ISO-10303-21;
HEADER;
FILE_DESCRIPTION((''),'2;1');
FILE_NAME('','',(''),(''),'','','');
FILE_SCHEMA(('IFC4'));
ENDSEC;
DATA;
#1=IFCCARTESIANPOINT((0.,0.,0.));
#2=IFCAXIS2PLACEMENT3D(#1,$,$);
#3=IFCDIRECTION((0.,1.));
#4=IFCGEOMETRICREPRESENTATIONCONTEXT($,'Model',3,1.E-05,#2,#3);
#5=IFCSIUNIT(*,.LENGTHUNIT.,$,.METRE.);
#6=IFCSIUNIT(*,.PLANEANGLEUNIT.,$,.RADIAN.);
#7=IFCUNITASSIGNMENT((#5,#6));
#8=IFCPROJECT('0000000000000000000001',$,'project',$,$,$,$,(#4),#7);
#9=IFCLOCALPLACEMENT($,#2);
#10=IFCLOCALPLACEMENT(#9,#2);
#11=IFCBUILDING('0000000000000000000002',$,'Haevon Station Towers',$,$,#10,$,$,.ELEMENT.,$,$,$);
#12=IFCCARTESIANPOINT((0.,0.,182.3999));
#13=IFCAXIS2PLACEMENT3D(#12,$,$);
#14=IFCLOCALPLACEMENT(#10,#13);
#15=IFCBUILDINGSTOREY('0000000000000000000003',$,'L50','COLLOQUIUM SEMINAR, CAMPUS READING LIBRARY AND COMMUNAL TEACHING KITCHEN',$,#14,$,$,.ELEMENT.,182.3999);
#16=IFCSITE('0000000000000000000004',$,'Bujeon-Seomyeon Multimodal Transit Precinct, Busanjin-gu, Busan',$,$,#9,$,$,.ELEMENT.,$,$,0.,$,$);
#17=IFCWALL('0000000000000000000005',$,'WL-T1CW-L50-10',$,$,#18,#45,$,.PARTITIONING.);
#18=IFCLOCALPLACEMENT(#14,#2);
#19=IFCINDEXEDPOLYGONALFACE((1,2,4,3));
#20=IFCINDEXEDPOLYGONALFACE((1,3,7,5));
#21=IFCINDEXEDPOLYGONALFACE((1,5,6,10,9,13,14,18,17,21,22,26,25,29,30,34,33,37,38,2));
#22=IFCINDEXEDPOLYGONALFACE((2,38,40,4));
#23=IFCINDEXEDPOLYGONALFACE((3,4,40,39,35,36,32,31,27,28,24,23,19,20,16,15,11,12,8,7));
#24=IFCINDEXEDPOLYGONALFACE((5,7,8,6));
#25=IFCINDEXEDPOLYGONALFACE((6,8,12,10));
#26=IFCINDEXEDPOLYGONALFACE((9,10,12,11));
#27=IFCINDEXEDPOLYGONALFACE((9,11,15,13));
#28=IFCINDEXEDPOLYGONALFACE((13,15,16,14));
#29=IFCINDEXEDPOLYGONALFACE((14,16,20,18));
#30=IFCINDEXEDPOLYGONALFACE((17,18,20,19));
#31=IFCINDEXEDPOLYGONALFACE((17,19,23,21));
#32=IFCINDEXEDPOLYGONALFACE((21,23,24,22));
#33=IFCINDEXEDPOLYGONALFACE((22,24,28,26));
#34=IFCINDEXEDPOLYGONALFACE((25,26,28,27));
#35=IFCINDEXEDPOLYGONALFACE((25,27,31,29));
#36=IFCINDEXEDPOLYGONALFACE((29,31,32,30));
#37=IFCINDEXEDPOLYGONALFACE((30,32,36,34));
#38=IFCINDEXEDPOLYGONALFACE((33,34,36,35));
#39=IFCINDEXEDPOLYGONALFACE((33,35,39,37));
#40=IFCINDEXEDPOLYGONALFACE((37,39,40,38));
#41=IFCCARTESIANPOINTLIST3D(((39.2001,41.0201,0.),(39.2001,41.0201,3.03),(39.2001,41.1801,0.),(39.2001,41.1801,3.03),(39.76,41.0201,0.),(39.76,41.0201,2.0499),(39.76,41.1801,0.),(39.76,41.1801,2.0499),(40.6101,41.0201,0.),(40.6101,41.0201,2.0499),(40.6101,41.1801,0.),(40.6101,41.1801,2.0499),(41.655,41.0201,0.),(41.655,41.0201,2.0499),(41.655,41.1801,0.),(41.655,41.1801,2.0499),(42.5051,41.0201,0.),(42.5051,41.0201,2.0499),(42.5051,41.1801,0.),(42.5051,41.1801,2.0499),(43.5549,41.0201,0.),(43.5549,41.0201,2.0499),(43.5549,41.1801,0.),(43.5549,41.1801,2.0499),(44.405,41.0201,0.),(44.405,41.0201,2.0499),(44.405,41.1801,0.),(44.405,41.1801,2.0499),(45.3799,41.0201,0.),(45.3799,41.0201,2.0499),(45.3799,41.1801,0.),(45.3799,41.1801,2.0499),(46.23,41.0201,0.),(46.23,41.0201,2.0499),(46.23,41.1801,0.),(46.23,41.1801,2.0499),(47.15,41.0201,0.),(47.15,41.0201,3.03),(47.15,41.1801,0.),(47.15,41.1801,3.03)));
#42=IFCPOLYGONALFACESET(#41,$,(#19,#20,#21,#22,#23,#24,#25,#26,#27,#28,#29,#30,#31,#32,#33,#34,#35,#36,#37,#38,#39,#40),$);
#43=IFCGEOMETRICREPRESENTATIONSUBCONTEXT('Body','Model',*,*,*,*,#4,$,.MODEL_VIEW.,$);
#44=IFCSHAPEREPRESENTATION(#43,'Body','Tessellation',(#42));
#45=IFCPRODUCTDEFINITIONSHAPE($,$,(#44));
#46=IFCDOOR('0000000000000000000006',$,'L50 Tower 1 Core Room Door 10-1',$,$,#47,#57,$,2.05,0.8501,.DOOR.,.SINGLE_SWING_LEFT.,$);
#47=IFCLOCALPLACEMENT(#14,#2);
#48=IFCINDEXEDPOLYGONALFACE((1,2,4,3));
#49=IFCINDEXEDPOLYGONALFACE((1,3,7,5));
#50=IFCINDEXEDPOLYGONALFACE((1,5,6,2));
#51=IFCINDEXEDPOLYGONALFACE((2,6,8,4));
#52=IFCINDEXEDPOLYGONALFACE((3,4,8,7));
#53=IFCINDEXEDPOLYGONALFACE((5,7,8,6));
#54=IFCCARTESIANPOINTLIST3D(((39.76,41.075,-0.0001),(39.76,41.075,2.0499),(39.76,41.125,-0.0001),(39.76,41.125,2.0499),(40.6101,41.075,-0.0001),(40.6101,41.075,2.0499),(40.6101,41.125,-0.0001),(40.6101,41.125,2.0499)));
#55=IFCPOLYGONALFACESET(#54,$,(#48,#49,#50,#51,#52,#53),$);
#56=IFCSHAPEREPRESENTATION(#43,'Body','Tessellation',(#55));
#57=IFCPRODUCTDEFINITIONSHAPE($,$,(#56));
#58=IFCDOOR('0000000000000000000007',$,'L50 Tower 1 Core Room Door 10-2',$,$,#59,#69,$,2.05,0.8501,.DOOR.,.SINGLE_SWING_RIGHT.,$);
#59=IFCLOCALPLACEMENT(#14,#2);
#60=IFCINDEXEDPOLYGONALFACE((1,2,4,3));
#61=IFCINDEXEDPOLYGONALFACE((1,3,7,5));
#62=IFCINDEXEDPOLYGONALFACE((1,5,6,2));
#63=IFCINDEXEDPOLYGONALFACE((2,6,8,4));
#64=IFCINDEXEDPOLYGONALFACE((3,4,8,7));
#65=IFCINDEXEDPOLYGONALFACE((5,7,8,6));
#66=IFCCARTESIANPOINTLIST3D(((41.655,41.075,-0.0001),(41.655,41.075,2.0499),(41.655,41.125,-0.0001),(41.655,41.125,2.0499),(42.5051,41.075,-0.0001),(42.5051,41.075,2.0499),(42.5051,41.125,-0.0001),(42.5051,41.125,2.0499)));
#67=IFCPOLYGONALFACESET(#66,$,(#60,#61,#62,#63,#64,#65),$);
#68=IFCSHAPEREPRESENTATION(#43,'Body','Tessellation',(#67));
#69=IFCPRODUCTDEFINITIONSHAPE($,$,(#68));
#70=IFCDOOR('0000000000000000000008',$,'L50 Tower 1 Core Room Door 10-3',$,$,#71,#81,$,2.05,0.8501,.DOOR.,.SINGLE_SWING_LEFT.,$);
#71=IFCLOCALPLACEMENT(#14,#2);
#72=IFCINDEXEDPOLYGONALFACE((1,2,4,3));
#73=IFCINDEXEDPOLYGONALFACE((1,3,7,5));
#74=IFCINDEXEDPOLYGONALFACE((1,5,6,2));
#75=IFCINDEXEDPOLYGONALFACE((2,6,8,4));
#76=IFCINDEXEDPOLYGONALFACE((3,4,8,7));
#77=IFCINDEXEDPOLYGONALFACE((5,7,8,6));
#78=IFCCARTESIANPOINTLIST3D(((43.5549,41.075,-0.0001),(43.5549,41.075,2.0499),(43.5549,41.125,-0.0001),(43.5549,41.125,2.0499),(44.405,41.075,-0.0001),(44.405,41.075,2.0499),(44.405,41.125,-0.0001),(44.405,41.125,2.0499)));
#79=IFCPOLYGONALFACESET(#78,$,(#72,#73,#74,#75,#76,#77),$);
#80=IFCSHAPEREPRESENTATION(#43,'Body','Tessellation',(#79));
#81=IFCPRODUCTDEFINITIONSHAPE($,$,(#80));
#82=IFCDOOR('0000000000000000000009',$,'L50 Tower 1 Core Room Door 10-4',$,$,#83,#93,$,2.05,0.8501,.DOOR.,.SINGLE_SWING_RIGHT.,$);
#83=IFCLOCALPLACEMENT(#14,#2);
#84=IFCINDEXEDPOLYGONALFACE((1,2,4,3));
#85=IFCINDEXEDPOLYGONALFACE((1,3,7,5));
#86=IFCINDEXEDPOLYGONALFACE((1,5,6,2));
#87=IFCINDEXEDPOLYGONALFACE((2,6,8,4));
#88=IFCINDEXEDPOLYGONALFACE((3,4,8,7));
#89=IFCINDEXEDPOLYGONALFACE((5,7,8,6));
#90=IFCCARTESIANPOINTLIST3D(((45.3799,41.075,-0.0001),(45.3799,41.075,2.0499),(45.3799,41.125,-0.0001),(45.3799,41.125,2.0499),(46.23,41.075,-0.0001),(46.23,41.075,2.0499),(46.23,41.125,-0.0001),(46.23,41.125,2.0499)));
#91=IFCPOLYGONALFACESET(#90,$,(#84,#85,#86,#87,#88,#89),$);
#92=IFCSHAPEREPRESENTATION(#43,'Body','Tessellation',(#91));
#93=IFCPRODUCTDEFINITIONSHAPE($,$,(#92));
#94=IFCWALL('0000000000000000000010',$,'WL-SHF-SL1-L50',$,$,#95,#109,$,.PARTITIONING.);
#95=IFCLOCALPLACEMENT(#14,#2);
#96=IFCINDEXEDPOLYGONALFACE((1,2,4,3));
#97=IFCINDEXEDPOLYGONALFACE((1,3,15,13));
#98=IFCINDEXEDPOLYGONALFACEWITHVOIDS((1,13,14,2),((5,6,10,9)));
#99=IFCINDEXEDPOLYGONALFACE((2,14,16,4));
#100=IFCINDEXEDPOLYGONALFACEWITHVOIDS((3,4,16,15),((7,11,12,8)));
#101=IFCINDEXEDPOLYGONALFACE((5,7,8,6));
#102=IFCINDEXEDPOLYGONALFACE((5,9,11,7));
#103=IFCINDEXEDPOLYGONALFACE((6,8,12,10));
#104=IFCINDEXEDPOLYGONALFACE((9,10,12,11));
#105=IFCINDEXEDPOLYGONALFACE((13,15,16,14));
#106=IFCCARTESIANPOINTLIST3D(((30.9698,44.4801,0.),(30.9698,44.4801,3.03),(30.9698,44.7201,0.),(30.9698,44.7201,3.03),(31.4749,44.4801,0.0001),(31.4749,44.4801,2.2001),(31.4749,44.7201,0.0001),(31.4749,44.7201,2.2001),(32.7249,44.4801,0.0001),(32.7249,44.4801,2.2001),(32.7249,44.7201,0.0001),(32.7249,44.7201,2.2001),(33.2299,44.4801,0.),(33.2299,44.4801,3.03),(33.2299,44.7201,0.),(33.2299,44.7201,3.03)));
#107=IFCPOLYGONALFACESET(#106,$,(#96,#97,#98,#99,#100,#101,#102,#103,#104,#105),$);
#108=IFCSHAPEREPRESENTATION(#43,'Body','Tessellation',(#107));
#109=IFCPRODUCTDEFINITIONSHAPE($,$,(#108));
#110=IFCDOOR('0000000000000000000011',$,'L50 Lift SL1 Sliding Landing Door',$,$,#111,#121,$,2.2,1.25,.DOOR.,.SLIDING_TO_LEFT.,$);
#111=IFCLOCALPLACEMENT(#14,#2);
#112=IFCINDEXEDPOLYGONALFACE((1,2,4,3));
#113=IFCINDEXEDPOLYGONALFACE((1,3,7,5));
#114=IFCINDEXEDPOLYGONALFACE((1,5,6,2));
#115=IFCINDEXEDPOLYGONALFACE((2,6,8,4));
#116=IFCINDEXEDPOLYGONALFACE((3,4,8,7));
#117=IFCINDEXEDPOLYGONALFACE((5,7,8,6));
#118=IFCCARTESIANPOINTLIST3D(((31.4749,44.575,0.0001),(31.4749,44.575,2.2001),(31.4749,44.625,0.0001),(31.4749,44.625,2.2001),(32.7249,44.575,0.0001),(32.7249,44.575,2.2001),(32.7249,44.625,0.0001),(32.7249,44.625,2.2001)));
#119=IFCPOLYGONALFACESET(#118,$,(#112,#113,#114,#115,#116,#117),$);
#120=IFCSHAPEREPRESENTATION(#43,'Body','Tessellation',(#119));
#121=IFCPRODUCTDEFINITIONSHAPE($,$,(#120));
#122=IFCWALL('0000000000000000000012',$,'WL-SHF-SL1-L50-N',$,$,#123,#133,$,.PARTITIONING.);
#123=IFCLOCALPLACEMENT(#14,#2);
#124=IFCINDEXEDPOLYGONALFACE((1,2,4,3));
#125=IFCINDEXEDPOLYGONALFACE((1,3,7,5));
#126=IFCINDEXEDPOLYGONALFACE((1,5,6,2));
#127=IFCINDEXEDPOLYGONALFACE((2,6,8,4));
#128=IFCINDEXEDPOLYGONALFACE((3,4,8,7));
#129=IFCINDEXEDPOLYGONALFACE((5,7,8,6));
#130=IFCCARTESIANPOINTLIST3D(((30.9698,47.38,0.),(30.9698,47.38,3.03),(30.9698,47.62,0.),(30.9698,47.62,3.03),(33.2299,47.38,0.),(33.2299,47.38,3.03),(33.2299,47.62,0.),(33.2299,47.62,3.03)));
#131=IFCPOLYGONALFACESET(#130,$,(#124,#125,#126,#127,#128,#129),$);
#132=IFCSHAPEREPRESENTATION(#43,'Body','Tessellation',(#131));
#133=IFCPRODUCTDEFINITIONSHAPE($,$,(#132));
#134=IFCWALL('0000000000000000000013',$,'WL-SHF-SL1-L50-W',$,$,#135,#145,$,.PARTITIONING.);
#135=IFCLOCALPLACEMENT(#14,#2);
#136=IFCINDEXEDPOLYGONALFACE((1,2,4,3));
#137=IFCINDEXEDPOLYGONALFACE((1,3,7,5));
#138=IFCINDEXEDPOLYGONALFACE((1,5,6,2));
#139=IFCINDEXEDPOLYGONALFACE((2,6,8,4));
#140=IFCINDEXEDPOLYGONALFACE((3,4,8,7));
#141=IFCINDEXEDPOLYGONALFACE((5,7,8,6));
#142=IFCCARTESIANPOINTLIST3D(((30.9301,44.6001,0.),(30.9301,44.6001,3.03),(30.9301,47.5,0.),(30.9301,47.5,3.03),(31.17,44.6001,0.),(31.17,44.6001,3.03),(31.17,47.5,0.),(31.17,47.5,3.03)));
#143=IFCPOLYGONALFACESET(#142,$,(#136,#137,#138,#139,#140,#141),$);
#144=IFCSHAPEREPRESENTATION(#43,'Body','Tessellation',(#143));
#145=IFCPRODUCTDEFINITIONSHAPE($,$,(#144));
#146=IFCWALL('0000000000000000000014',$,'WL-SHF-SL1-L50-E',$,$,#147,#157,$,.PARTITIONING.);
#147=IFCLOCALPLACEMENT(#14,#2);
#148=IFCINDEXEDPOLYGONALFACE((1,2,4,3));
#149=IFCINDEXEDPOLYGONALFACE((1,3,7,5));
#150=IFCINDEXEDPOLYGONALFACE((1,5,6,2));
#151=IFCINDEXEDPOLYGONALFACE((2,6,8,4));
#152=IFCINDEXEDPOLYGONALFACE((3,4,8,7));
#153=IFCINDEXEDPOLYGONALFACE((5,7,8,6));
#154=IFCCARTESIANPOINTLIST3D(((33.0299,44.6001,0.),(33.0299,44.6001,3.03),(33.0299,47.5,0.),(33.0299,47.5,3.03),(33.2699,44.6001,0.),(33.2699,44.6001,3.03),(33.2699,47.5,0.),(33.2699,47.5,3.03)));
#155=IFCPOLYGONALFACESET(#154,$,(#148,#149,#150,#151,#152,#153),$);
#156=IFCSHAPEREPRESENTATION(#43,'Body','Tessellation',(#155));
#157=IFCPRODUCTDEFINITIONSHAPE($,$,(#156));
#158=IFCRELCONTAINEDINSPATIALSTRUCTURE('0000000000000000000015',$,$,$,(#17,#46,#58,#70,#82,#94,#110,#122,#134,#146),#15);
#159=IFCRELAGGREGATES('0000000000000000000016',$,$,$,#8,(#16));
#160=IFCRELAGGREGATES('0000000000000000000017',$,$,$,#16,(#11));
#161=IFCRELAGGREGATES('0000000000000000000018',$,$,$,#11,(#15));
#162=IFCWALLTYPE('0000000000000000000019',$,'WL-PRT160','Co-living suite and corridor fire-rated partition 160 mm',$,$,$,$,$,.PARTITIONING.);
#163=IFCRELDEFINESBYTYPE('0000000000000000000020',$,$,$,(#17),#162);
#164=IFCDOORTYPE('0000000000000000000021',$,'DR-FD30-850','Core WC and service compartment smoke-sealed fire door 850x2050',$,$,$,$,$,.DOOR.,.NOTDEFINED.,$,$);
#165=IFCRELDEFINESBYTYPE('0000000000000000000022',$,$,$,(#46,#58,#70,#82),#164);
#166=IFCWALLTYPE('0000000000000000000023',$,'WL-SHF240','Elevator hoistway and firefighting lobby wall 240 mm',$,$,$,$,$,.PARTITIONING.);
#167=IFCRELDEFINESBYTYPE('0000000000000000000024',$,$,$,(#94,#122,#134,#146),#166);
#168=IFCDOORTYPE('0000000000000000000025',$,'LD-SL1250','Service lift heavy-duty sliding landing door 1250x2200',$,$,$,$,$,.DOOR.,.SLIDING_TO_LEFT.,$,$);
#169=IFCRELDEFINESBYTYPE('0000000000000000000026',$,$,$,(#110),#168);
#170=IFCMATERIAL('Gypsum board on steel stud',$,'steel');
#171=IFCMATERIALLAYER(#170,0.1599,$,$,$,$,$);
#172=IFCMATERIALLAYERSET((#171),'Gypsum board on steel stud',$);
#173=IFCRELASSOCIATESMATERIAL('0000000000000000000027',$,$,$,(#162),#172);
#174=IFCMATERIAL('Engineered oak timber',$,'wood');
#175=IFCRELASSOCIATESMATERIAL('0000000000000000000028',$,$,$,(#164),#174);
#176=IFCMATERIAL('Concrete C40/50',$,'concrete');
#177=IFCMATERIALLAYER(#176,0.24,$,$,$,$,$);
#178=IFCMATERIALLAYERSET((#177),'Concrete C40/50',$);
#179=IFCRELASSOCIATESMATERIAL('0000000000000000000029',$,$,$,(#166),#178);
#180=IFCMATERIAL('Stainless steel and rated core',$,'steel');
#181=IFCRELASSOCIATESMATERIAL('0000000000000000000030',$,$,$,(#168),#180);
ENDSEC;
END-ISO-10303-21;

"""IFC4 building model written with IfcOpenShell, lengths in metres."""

from ifc_helpers import new_model, si_unit, direction, frame, frame_2d, origin, place, context, subcontext, project, spatial, rectangle, extrude, material, layer, layer_set, type_object, element, fill, save


model = new_model("IFC4")

# Units and contexts
model_context = context("Model", 3, precision=1e-05, world=origin(), true_north=direction((0.0, 1.0)))
body_context = subcontext(model_context, "Body", "Model", "MODEL_VIEW")
ifc_project = project(units=[si_unit("LENGTHUNIT", "METRE"), si_unit("PLANEANGLEUNIT", "RADIAN")], contexts=[model_context])

# Site, building, storey
site_placement = place(None, origin())
site = spatial("IfcSite", under=ifc_project, at=site_placement, Name="Bujeon-Seomyeon Multimodal Transit Precinct, Busanjin-gu, Busan", CompositionType="ELEMENT", RefElevation=0.0)
building_placement = place(site_placement, origin())
building = spatial("IfcBuilding", under=site, at=building_placement, Name="Haevon Station Towers", CompositionType="ELEMENT")
storey_placement = place(building_placement, frame((0.0, 0.0, 182.3999)))
storey = spatial("IfcBuildingStorey", under=building, at=storey_placement, Name="L50", Description="COLLOQUIUM SEMINAR, CAMPUS READING LIBRARY AND COMMUNAL TEACHING KITCHEN", CompositionType="ELEMENT", Elevation=182.3999)

# Shared definitions
ifc_material_1 = material(Name="Gypsum board on steel stud", Category="steel")
ifc_layer_1 = layer(ifc_material_1, 0.1599)
ifc_layer_set_1 = layer_set([ifc_layer_1], Name="Gypsum board on steel stud")
wall_type_1 = type_object("IfcWallType", Name="WL-PRT160", Description="Co-living suite and corridor fire-rated partition 160 mm", PredefinedType="PARTITIONING", material=ifc_layer_set_1)
ifc_material_2 = material(Name="Engineered oak timber", Category="wood")

# Wall, openings, doors
wall_1_placement = place(storey_placement, frame((39.2, 41.1001, 0.0), z_axis=(0.0, 0.0, 1.0), x_axis=(1.0, 0.0, 0.0)))
wall_1 = element("IfcWall", 1, at=wall_1_placement, inside=storey, type_object=wall_type_1, Name="WL-T1CW-L50-10", PredefinedType="PARTITIONING", context=body_context, shape_type="SweptSolid", body=[
    extrude(rectangle(XDim=7.95, YDim=0.1599, at=frame_2d((3.9751, 0.0))), origin(), (0.0, 0.0, 1.0), 3.03),
])
opening_1_placement = place(wall_1_placement, frame((0.5601, 0.0, 0.0)))
opening_1 = element("IfcOpeningElement", 2, at=opening_1_placement, cuts=wall_1, PredefinedType="OPENING", context=body_context, shape_type="SweptSolid", body=[
    extrude(rectangle(XDim=0.8501, YDim=2.05, at=frame_2d((0.425, 1.0249))), frame((0.0, 0.0898, 0.0), z_axis=(0.0, -1.0, 0.0), x_axis=(1.0, 0.0, 0.0)), (0.0, 0.0, 1.0), 0.1799),
])
opening_2_placement = place(wall_1_placement, frame((2.4551, 0.0, 0.0)))
opening_2 = element("IfcOpeningElement", 3, at=opening_2_placement, cuts=wall_1, PredefinedType="OPENING", context=body_context, shape_type="SweptSolid", body=[
    extrude(rectangle(XDim=0.8501, YDim=2.05, at=frame_2d((0.425, 1.0249))), frame((0.0, 0.0898, 0.0), z_axis=(0.0, -1.0, 0.0), x_axis=(1.0, 0.0, 0.0)), (0.0, 0.0, 1.0), 0.1799),
])
opening_3_placement = place(wall_1_placement, frame((4.355, 0.0, 0.0)))
opening_3 = element("IfcOpeningElement", 4, at=opening_3_placement, cuts=wall_1, PredefinedType="OPENING", context=body_context, shape_type="SweptSolid", body=[
    extrude(rectangle(XDim=0.8501, YDim=2.05, at=frame_2d((0.425, 1.0249))), frame((0.0, 0.0898, 0.0), z_axis=(0.0, -1.0, 0.0), x_axis=(1.0, 0.0, 0.0)), (0.0, 0.0, 1.0), 0.1799),
])
opening_4_placement = place(wall_1_placement, frame((6.1799, 0.0, 0.0)))
opening_4 = element("IfcOpeningElement", 5, at=opening_4_placement, cuts=wall_1, PredefinedType="OPENING", context=body_context, shape_type="SweptSolid", body=[
    extrude(rectangle(XDim=0.8501, YDim=2.05, at=frame_2d((0.425, 1.0249))), frame((0.0, 0.0898, 0.0), z_axis=(0.0, -1.0, 0.0), x_axis=(1.0, 0.0, 0.0)), (0.0, 0.0, 1.0), 0.1799),
])
door_type_1 = type_object("IfcDoorType", Name="DR-FD30-850", Description="Core WC and service compartment smoke-sealed fire door 850x2050", OperationType="NOTDEFINED", PredefinedType="DOOR", material=ifc_material_2)
door_1_placement = place(opening_1_placement, origin())
door_1 = element("IfcDoor", 6, at=door_1_placement, inside=storey, type_object=door_type_1, Name="L50 Tower 1 Core Room Door 10-1", OperationType="SINGLE_SWING_LEFT", OverallHeight=2.05, OverallWidth=0.8501, PredefinedType="DOOR", context=body_context, shape_type="SweptSolid", body=[
    extrude(rectangle(XDim=0.8501, YDim=2.05, at=frame_2d((0.425, 1.0249))), frame((0.0, 0.0249, 0.0), z_axis=(0.0, -1.0, 0.0), x_axis=(1.0, 0.0, 0.0)), (0.0, 0.0, 1.0), 0.05),
])
fill(opening_1, door_1)
door_2_placement = place(opening_2_placement, origin())
door_2 = element("IfcDoor", 7, at=door_2_placement, inside=storey, type_object=door_type_1, Name="L50 Tower 1 Core Room Door 10-2", OperationType="SINGLE_SWING_RIGHT", OverallHeight=2.05, OverallWidth=0.8501, PredefinedType="DOOR", context=body_context, shape_type="SweptSolid", body=[
    extrude(rectangle(XDim=0.8501, YDim=2.05, at=frame_2d((0.425, 1.0249))), frame((0.0, 0.0249, 0.0), z_axis=(0.0, -1.0, 0.0), x_axis=(1.0, 0.0, 0.0)), (0.0, 0.0, 1.0), 0.05),
])
fill(opening_2, door_2)
door_3_placement = place(opening_3_placement, origin())
door_3 = element("IfcDoor", 8, at=door_3_placement, inside=storey, type_object=door_type_1, Name="L50 Tower 1 Core Room Door 10-3", OperationType="SINGLE_SWING_LEFT", OverallHeight=2.05, OverallWidth=0.8501, PredefinedType="DOOR", context=body_context, shape_type="SweptSolid", body=[
    extrude(rectangle(XDim=0.8501, YDim=2.05, at=frame_2d((0.425, 1.0249))), frame((0.0, 0.0249, 0.0), z_axis=(0.0, -1.0, 0.0), x_axis=(1.0, 0.0, 0.0)), (0.0, 0.0, 1.0), 0.05),
])
fill(opening_3, door_3)
door_4_placement = place(opening_4_placement, origin())
door_4 = element("IfcDoor", 9, at=door_4_placement, inside=storey, type_object=door_type_1, Name="L50 Tower 1 Core Room Door 10-4", OperationType="SINGLE_SWING_RIGHT", OverallHeight=2.05, OverallWidth=0.8501, PredefinedType="DOOR", context=body_context, shape_type="SweptSolid", body=[
    extrude(rectangle(XDim=0.8501, YDim=2.05, at=frame_2d((0.425, 1.0249))), frame((0.0, 0.0249, 0.0), z_axis=(0.0, -1.0, 0.0), x_axis=(1.0, 0.0, 0.0)), (0.0, 0.0, 1.0), 0.05),
])
fill(opening_4, door_4)

# Wall, opening, door
ifc_material_3 = material(Name="Concrete C40/50", Category="concrete")
ifc_layer_2 = layer(ifc_material_3, 0.24)
ifc_layer_set_2 = layer_set([ifc_layer_2], Name="Concrete C40/50")
wall_type_2 = type_object("IfcWallType", Name="WL-SHF240", Description="Elevator hoistway and firefighting lobby wall 240 mm", PredefinedType="PARTITIONING", material=ifc_layer_set_2)
wall_2_placement = place(storey_placement, frame((30.97, 44.6001, 0.0), z_axis=(0.0, 0.0, 1.0), x_axis=(1.0, 0.0, 0.0)))
wall_2 = element("IfcWall", 10, at=wall_2_placement, inside=storey, type_object=wall_type_2, Name="WL-SHF-SL1-L50", PredefinedType="PARTITIONING", context=body_context, shape_type="SweptSolid", body=[
    extrude(rectangle(XDim=2.26, YDim=0.24, at=frame_2d((1.1299, 0.0))), origin(), (0.0, 0.0, 1.0), 3.03),
])
opening_5_placement = place(wall_2_placement, frame((0.5049, 0.0, 0.0)))
opening_5 = element("IfcOpeningElement", 11, at=opening_5_placement, cuts=wall_2, PredefinedType="OPENING", context=body_context, shape_type="SweptSolid", body=[
    extrude(rectangle(XDim=1.25, YDim=2.2, at=frame_2d((0.625, 1.1001))), frame((0.0, 0.1299, 0.0), z_axis=(0.0, -1.0, 0.0), x_axis=(1.0, 0.0, 0.0)), (0.0, 0.0, 1.0), 0.26),
])
ifc_material_4 = material(Name="Stainless steel and rated core", Category="steel")
door_type_2 = type_object("IfcDoorType", Name="LD-SL1250", Description="Service lift heavy-duty sliding landing door 1250x2200", OperationType="SLIDING_TO_LEFT", PredefinedType="DOOR", material=ifc_material_4)
door_5_placement = place(opening_5_placement, origin())
door_5 = element("IfcDoor", 12, at=door_5_placement, inside=storey, type_object=door_type_2, Name="L50 Lift SL1 Sliding Landing Door", OperationType="SLIDING_TO_LEFT", OverallHeight=2.2, OverallWidth=1.25, PredefinedType="DOOR", context=body_context, shape_type="SweptSolid", body=[
    extrude(rectangle(XDim=1.25, YDim=2.2, at=frame_2d((0.625, 1.1001))), frame((0.0, 0.0249, 0.0), z_axis=(0.0, -1.0, 0.0), x_axis=(1.0, 0.0, 0.0)), (0.0, 0.0, 1.0), 0.05),
])
fill(opening_5, door_5)

# Walls
wall_3_placement = place(storey_placement, frame((30.97, 47.5, 0.0), z_axis=(0.0, 0.0, 1.0), x_axis=(1.0, 0.0, 0.0)))
element("IfcWall", 13, at=wall_3_placement, inside=storey, type_object=wall_type_2, Name="WL-SHF-SL1-L50-N", PredefinedType="PARTITIONING", context=body_context, shape_type="SweptSolid", body=[
    extrude(rectangle(XDim=2.26, YDim=0.24, at=frame_2d((1.1299, 0.0))), origin(), (0.0, 0.0, 1.0), 3.03),
])
for number, where, z_axis, x_axis, name in (
    (14, (31.05, 44.6001, 0.0), (0.0, 0.0, 1.0), (0.0, 1.0, 0.0), "WL-SHF-SL1-L50-W"),
    (15, (33.1499, 44.6001, 0.0), (0.0, 0.0, 1.0), (0.0, 1.0, 0.0), "WL-SHF-SL1-L50-E"),
):
    element("IfcWall", number, at=place(storey_placement, frame(where, z_axis=z_axis, x_axis=x_axis)), inside=storey, type_object=wall_type_2, Name=name, PredefinedType="PARTITIONING", context=body_context, shape_type="SweptSolid", body=[
        extrude(rectangle(XDim=2.8999, YDim=0.24, at=frame_2d((1.45, 0.0))), origin(), (0.0, 0.0, 1.0), 3.03),
    ])

save(model, "model.ifc")
